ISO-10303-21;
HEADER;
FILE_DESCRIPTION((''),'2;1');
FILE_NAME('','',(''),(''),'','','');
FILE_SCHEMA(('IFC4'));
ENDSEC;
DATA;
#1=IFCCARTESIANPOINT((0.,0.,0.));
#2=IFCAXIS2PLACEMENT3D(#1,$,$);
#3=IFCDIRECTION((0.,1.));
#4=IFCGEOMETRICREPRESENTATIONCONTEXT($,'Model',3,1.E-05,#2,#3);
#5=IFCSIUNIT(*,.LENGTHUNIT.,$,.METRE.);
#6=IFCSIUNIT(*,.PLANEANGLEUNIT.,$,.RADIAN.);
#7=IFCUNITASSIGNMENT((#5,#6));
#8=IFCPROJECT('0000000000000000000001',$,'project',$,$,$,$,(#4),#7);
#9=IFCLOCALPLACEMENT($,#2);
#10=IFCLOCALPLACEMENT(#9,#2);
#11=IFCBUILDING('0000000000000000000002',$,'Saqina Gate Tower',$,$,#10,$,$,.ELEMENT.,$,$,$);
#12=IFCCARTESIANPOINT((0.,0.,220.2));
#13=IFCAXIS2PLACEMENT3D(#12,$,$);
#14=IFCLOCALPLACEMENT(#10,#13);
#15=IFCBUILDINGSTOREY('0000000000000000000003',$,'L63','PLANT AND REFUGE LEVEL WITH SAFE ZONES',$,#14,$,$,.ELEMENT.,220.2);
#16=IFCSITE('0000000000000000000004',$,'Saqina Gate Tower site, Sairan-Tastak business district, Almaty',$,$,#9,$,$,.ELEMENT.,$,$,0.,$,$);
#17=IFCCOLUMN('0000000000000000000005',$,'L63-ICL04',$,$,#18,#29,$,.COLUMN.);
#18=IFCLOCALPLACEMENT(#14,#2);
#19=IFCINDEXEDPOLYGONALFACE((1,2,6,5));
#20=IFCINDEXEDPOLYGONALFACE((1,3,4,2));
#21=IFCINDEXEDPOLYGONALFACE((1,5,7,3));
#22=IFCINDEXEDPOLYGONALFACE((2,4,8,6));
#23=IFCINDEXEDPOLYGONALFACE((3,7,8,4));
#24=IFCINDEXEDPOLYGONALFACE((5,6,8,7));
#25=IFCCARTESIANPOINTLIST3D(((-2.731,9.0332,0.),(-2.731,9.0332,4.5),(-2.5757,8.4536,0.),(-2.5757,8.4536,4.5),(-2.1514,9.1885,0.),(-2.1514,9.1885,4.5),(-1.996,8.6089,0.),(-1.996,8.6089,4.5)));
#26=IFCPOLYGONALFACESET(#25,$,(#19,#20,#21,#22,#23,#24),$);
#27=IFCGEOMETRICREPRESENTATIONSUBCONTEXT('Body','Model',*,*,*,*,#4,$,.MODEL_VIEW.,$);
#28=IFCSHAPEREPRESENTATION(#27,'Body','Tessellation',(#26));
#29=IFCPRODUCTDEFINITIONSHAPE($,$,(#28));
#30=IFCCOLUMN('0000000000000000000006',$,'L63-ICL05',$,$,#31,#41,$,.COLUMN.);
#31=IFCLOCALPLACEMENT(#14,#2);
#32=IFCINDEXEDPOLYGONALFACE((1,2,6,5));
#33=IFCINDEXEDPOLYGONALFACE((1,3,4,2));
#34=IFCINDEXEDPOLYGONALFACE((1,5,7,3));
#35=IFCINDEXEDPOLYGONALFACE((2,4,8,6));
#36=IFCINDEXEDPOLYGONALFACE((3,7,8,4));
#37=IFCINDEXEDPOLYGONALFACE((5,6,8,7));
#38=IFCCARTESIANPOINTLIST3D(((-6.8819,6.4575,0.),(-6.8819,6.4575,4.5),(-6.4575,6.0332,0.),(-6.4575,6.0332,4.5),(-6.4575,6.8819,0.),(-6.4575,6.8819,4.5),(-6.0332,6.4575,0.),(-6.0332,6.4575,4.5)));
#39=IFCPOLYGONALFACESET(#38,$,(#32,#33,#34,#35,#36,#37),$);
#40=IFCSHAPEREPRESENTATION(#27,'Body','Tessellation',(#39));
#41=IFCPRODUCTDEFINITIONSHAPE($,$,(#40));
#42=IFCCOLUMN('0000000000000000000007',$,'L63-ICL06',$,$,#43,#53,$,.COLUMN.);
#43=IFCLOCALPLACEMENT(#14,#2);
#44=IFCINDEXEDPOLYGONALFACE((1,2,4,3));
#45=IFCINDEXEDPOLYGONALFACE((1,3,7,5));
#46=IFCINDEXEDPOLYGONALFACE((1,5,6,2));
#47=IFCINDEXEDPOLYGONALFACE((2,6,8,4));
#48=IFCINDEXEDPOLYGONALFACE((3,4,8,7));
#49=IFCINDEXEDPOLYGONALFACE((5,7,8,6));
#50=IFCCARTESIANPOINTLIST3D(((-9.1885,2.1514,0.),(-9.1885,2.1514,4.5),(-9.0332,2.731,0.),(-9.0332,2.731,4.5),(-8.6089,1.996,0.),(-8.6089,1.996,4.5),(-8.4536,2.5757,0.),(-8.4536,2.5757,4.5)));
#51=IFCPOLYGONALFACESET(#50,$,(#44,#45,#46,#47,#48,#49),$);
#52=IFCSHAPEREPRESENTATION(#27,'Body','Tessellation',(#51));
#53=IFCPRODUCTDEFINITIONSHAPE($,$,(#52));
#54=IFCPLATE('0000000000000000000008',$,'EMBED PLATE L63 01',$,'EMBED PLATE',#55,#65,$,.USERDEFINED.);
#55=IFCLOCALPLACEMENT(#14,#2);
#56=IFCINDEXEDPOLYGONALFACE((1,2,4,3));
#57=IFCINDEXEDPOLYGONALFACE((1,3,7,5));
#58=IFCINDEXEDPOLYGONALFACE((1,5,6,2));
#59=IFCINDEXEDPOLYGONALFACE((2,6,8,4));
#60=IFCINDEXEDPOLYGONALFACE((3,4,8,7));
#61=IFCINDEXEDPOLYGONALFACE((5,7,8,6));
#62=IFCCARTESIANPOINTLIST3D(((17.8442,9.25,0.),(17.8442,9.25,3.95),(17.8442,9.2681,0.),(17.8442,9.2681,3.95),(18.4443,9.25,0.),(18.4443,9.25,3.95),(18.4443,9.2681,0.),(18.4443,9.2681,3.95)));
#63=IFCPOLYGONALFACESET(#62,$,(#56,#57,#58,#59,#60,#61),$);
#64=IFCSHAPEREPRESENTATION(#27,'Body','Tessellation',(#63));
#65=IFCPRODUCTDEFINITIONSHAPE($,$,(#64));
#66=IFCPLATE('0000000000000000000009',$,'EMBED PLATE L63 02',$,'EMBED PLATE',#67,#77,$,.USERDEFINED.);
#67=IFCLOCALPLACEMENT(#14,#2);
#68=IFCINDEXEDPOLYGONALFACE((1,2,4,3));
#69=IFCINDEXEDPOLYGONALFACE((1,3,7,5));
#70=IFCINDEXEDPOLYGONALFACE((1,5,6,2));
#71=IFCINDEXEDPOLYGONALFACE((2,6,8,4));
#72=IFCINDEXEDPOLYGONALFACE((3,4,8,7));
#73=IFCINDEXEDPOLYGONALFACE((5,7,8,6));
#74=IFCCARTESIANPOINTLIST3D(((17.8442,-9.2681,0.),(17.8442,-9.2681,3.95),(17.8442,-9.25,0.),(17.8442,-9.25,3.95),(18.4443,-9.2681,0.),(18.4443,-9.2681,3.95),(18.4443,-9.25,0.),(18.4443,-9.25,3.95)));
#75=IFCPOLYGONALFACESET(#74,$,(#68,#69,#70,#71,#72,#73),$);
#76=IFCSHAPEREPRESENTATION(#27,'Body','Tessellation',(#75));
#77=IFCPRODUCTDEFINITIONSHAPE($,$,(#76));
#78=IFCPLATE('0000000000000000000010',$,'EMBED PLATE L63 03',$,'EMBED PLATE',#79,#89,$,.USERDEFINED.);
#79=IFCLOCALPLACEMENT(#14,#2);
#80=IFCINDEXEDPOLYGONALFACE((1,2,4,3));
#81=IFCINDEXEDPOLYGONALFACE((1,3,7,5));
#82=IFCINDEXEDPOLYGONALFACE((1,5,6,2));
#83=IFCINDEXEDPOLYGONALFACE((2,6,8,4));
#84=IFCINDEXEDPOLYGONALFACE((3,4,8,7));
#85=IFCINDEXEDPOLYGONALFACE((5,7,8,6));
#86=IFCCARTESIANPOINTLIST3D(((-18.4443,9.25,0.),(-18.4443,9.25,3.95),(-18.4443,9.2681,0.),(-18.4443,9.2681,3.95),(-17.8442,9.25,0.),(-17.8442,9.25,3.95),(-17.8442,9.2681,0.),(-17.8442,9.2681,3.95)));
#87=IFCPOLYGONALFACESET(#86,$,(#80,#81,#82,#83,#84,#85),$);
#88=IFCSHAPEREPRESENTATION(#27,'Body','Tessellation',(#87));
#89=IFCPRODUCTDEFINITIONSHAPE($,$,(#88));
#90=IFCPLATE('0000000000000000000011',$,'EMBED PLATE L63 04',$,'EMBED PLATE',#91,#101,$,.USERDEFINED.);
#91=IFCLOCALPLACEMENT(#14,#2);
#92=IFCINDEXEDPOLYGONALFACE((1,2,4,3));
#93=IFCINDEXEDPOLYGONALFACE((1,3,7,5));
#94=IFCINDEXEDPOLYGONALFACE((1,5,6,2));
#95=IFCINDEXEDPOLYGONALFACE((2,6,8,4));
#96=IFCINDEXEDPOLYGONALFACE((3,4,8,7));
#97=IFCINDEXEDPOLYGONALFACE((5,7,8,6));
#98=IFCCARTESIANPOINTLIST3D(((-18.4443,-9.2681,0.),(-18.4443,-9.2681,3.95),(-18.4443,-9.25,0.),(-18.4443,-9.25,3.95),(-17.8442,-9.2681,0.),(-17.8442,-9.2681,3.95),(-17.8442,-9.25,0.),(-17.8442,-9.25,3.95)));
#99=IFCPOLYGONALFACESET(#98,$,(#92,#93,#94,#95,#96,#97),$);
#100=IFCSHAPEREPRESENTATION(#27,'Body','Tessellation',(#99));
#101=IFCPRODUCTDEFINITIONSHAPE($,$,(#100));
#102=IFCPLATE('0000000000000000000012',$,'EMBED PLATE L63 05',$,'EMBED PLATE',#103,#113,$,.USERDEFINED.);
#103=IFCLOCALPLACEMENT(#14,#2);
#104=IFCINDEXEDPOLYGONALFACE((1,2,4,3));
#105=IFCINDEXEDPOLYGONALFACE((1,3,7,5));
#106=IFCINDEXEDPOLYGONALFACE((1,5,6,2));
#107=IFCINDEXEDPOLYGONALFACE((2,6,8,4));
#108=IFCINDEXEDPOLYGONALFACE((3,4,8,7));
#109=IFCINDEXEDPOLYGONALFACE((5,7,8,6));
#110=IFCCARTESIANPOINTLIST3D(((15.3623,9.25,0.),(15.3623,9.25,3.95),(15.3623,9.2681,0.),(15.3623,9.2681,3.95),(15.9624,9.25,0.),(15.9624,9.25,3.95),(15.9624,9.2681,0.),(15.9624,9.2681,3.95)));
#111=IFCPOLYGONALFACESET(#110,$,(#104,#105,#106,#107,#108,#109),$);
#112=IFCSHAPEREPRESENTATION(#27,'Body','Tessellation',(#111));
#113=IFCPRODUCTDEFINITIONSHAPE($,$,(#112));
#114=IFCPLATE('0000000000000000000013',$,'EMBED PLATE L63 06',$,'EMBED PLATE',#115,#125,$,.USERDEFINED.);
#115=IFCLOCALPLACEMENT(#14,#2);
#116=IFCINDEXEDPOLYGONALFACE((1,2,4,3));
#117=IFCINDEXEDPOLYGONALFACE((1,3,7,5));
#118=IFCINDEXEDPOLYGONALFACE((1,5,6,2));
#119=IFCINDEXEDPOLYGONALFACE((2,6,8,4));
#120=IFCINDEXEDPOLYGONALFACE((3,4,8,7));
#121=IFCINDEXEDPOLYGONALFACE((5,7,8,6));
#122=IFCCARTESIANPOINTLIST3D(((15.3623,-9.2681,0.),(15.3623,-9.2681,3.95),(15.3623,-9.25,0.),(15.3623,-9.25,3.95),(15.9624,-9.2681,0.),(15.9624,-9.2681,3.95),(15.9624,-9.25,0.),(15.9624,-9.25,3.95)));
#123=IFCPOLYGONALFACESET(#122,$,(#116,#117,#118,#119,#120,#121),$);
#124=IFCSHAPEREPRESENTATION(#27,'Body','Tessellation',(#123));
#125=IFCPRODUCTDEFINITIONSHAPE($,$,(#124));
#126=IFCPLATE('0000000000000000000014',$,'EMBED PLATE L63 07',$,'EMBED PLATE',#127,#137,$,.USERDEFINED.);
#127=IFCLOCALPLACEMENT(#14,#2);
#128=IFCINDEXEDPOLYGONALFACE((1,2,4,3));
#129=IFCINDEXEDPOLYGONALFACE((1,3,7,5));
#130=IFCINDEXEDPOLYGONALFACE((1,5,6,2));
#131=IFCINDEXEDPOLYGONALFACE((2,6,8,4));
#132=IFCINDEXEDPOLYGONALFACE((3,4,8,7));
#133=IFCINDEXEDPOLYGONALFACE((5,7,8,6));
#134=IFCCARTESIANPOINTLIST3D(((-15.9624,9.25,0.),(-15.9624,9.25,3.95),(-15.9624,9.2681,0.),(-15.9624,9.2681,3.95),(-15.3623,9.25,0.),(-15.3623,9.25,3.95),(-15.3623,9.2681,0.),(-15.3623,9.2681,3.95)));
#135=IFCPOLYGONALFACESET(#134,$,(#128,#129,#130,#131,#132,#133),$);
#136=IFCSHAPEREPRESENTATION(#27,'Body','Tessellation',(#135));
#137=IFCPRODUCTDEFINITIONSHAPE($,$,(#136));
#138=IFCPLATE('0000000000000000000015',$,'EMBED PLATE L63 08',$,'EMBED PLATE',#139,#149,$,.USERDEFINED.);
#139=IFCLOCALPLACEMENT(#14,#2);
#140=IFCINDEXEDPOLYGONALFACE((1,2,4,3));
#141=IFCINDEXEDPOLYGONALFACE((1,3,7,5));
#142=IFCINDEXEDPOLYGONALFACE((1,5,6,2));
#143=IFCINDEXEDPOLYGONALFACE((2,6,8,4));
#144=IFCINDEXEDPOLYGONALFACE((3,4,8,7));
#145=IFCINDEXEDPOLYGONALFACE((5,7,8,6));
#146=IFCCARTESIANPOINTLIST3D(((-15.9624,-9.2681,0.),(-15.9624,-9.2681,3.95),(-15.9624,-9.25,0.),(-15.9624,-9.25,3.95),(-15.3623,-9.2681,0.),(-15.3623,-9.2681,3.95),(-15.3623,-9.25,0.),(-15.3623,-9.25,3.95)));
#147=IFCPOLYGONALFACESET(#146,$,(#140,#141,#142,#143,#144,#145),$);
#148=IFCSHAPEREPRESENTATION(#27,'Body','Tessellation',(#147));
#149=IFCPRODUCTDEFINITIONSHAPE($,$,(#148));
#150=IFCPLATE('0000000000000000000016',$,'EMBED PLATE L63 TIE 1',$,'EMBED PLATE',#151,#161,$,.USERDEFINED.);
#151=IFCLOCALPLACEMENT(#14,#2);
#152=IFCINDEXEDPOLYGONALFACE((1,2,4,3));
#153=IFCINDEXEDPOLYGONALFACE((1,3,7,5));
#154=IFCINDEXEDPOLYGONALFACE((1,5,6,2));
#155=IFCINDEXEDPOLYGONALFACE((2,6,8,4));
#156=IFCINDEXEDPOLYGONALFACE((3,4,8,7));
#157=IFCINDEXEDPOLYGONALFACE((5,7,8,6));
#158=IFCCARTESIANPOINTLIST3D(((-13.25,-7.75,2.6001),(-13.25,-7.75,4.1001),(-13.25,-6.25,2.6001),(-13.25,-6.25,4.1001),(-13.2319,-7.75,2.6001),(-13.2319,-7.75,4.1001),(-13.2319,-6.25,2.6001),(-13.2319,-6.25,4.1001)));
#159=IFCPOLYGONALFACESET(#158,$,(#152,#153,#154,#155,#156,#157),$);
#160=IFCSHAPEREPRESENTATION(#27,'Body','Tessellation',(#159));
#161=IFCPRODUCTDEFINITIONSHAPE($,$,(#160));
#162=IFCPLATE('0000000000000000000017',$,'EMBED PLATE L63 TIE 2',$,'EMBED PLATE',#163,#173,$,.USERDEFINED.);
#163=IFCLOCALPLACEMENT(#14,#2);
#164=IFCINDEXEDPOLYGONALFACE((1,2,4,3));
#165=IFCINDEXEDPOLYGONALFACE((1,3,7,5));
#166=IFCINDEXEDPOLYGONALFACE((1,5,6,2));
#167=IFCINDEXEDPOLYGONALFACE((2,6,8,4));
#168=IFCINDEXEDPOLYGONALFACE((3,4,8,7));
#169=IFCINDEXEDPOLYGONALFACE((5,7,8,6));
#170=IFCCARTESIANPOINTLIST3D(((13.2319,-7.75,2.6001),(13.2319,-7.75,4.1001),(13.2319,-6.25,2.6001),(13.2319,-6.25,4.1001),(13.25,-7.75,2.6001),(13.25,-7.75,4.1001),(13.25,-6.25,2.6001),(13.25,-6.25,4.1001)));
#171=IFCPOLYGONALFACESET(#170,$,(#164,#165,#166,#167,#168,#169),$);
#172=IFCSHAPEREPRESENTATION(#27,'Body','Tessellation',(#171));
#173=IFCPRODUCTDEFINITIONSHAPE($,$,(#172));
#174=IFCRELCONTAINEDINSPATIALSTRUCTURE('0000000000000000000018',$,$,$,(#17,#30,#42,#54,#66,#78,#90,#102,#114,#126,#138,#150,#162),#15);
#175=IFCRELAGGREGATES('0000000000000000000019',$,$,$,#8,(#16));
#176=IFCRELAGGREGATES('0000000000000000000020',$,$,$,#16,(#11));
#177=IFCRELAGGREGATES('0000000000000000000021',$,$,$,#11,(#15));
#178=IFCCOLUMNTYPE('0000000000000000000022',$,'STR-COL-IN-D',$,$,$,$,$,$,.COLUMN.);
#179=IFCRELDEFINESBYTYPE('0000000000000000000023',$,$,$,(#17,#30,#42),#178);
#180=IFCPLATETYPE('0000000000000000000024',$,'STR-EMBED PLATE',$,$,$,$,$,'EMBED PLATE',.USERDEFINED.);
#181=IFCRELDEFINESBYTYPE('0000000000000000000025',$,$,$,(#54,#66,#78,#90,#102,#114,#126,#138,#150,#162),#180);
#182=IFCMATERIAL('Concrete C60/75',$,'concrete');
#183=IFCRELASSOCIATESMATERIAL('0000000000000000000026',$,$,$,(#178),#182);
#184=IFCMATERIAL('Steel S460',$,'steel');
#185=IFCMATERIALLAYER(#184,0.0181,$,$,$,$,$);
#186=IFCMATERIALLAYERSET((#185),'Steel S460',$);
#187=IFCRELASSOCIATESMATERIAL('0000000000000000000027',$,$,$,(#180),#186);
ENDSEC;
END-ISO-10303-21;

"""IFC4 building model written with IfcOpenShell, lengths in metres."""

from ifc_helpers import new_model, si_unit, direction, frame, origin, origin_2d, place, context, subcontext, project, spatial, polyline, rectangle, outline, extrude, material, layer, layer_set, material_profile, profile_set, type_object, element, save


model = new_model("IFC4")

# Units and contexts
model_context = context("Model", 3, precision=1e-05, world=origin(), true_north=direction((0.0, 1.0)))
body_context = subcontext(model_context, "Body", "Model", "MODEL_VIEW")
ifc_project = project(units=[si_unit("LENGTHUNIT", "METRE"), si_unit("PLANEANGLEUNIT", "RADIAN")], contexts=[model_context])

# Site, building, storey
site_placement = place(None, origin())
site = spatial("IfcSite", under=ifc_project, at=site_placement, Name="Saqina Gate Tower site, Sairan-Tastak business district, Almaty", CompositionType="ELEMENT", RefElevation=0.0)
building_placement = place(site_placement, origin())
building = spatial("IfcBuilding", under=site, at=building_placement, Name="Saqina Gate Tower", CompositionType="ELEMENT")
storey_placement = place(building_placement, frame((0.0, 0.0, 220.2)))
storey = spatial("IfcBuildingStorey", under=building, at=storey_placement, Name="L63", Description="PLANT AND REFUGE LEVEL WITH SAFE ZONES", CompositionType="ELEMENT", Elevation=220.2)

# Columns
ifc_material_1 = material(Name="Concrete C60/75", Category="concrete")
ifc_material_profile = material_profile(ifc_material_1, rectangle(XDim=0.6001, YDim=0.6001, at=origin_2d()), Name="RC 600x600")
ifc_profile_set = profile_set([ifc_material_profile], Name="Concrete C60/75")
column_type = type_object("IfcColumnType", Name="STR-COL-IN-D", PredefinedType="COLUMN", material=ifc_profile_set)
for number, where, z_axis, x_axis, name in (
    (1, (-2.3635, 8.821, 0.0), (0.0, 0.0, 1.0), (-0.258819, 0.965926, 0.0), "L63-ICL04"),
    (2, (-6.4575, 6.4575, 0.0), (0.0, 0.0, 1.0), (-0.707107, 0.707107, 0.0), "L63-ICL05"),
    (3, (-8.821, 2.3635, 0.0), (0.0, 0.0, 1.0), (-0.965926, 0.258819, 0.0), "L63-ICL06"),
):
    element("IfcColumn", number, at=place(storey_placement, frame(where, z_axis=z_axis, x_axis=x_axis)), inside=storey, type_object=column_type, Name=name, PredefinedType="COLUMN", context=body_context, shape_type="SweptSolid", body=[
        extrude(rectangle(XDim=0.6001, YDim=0.6001, at=origin_2d()), origin(), (0.0, 0.0, 1.0), 4.5),
    ])

# Plates
ifc_material_2 = material(Name="Steel S460", Category="steel")
ifc_layer_1 = layer(ifc_material_2, 0.0181)
ifc_layer_set_1 = layer_set([ifc_layer_1], Name="Steel S460")
plate_type = type_object("IfcPlateType", Name="STR-EMBED PLATE", ElementType="EMBED PLATE", PredefinedType="USERDEFINED", material=ifc_layer_set_1)
plate_1_placement = place(storey_placement, origin())
element("IfcPlate", 4, at=plate_1_placement, inside=storey, type_object=plate_type, Name="EMBED PLATE L63 01", ObjectType="EMBED PLATE", PredefinedType="USERDEFINED", context=body_context, shape_type="SweptSolid", body=[
    extrude(outline(polyline([(17.8442, 9.25), (18.4443, 9.25), (18.4443, 9.2681), (17.8442, 9.2681), (17.8442, 9.25)])), origin(), (0.0, 0.0, 1.0), 3.95),
])
plate_2_placement = place(storey_placement, origin())
element("IfcPlate", 5, at=plate_2_placement, inside=storey, type_object=plate_type, Name="EMBED PLATE L63 02", ObjectType="EMBED PLATE", PredefinedType="USERDEFINED", context=body_context, shape_type="SweptSolid", body=[
    extrude(outline(polyline([(17.8442, -9.2681), (18.4443, -9.2681), (18.4443, -9.25), (17.8442, -9.25), (17.8442, -9.2681)])), origin(), (0.0, 0.0, 1.0), 3.95),
])
plate_3_placement = place(storey_placement, origin())
element("IfcPlate", 6, at=plate_3_placement, inside=storey, type_object=plate_type, Name="EMBED PLATE L63 03", ObjectType="EMBED PLATE", PredefinedType="USERDEFINED", context=body_context, shape_type="SweptSolid", body=[
    extrude(outline(polyline([(-18.4443, 9.25), (-17.8442, 9.25), (-17.8442, 9.2681), (-18.4443, 9.2681), (-18.4443, 9.25)])), origin(), (0.0, 0.0, 1.0), 3.95),
])
plate_4_placement = place(storey_placement, origin())
element("IfcPlate", 7, at=plate_4_placement, inside=storey, type_object=plate_type, Name="EMBED PLATE L63 04", ObjectType="EMBED PLATE", PredefinedType="USERDEFINED", context=body_context, shape_type="SweptSolid", body=[
    extrude(outline(polyline([(-18.4443, -9.2681), (-17.8442, -9.2681), (-17.8442, -9.25), (-18.4443, -9.25), (-18.4443, -9.2681)])), origin(), (0.0, 0.0, 1.0), 3.95),
])
plate_5_placement = place(storey_placement, origin())
element("IfcPlate", 8, at=plate_5_placement, inside=storey, type_object=plate_type, Name="EMBED PLATE L63 05", ObjectType="EMBED PLATE", PredefinedType="USERDEFINED", context=body_context, shape_type="SweptSolid", body=[
    extrude(outline(polyline([(15.3623, 9.25), (15.9624, 9.25), (15.9624, 9.2681), (15.3623, 9.2681), (15.3623, 9.25)])), origin(), (0.0, 0.0, 1.0), 3.95),
])
plate_6_placement = place(storey_placement, origin())
element("IfcPlate", 9, at=plate_6_placement, inside=storey, type_object=plate_type, Name="EMBED PLATE L63 06", ObjectType="EMBED PLATE", PredefinedType="USERDEFINED", context=body_context, shape_type="SweptSolid", body=[
    extrude(outline(polyline([(15.3623, -9.2681), (15.9624, -9.2681), (15.9624, -9.25), (15.3623, -9.25), (15.3623, -9.2681)])), origin(), (0.0, 0.0, 1.0), 3.95),
])
plate_7_placement = place(storey_placement, origin())
element("IfcPlate", 10, at=plate_7_placement, inside=storey, type_object=plate_type, Name="EMBED PLATE L63 07", ObjectType="EMBED PLATE", PredefinedType="USERDEFINED", context=body_context, shape_type="SweptSolid", body=[
    extrude(outline(polyline([(-15.9624, 9.25), (-15.3623, 9.25), (-15.3623, 9.2681), (-15.9624, 9.2681), (-15.9624, 9.25)])), origin(), (0.0, 0.0, 1.0), 3.95),
])
plate_8_placement = place(storey_placement, origin())
element("IfcPlate", 11, at=plate_8_placement, inside=storey, type_object=plate_type, Name="EMBED PLATE L63 08", ObjectType="EMBED PLATE", PredefinedType="USERDEFINED", context=body_context, shape_type="SweptSolid", body=[
    extrude(outline(polyline([(-15.9624, -9.2681), (-15.3623, -9.2681), (-15.3623, -9.25), (-15.9624, -9.25), (-15.9624, -9.2681)])), origin(), (0.0, 0.0, 1.0), 3.95),
])
plate_9_placement = place(storey_placement, frame((0.0, 0.0, 2.6001)))
element("IfcPlate", 12, at=plate_9_placement, inside=storey, type_object=plate_type, Name="EMBED PLATE L63 TIE 1", ObjectType="EMBED PLATE", PredefinedType="USERDEFINED", context=body_context, shape_type="SweptSolid", body=[
    extrude(outline(polyline([(-13.2319, -7.75), (-13.2319, -6.25), (-13.25, -6.25), (-13.25, -7.75), (-13.2319, -7.75)])), origin(), (0.0, 0.0, 1.0), 1.5),
])
plate_10_placement = place(storey_placement, frame((0.0, 0.0, 2.6001)))
element("IfcPlate", 13, at=plate_10_placement, inside=storey, type_object=plate_type, Name="EMBED PLATE L63 TIE 2", ObjectType="EMBED PLATE", PredefinedType="USERDEFINED", context=body_context, shape_type="SweptSolid", body=[
    extrude(outline(polyline([(13.25, -7.75), (13.25, -6.25), (13.2319, -6.25), (13.2319, -7.75), (13.25, -7.75)])), origin(), (0.0, 0.0, 1.0), 1.5),
])

save(model, "model.ifc")
